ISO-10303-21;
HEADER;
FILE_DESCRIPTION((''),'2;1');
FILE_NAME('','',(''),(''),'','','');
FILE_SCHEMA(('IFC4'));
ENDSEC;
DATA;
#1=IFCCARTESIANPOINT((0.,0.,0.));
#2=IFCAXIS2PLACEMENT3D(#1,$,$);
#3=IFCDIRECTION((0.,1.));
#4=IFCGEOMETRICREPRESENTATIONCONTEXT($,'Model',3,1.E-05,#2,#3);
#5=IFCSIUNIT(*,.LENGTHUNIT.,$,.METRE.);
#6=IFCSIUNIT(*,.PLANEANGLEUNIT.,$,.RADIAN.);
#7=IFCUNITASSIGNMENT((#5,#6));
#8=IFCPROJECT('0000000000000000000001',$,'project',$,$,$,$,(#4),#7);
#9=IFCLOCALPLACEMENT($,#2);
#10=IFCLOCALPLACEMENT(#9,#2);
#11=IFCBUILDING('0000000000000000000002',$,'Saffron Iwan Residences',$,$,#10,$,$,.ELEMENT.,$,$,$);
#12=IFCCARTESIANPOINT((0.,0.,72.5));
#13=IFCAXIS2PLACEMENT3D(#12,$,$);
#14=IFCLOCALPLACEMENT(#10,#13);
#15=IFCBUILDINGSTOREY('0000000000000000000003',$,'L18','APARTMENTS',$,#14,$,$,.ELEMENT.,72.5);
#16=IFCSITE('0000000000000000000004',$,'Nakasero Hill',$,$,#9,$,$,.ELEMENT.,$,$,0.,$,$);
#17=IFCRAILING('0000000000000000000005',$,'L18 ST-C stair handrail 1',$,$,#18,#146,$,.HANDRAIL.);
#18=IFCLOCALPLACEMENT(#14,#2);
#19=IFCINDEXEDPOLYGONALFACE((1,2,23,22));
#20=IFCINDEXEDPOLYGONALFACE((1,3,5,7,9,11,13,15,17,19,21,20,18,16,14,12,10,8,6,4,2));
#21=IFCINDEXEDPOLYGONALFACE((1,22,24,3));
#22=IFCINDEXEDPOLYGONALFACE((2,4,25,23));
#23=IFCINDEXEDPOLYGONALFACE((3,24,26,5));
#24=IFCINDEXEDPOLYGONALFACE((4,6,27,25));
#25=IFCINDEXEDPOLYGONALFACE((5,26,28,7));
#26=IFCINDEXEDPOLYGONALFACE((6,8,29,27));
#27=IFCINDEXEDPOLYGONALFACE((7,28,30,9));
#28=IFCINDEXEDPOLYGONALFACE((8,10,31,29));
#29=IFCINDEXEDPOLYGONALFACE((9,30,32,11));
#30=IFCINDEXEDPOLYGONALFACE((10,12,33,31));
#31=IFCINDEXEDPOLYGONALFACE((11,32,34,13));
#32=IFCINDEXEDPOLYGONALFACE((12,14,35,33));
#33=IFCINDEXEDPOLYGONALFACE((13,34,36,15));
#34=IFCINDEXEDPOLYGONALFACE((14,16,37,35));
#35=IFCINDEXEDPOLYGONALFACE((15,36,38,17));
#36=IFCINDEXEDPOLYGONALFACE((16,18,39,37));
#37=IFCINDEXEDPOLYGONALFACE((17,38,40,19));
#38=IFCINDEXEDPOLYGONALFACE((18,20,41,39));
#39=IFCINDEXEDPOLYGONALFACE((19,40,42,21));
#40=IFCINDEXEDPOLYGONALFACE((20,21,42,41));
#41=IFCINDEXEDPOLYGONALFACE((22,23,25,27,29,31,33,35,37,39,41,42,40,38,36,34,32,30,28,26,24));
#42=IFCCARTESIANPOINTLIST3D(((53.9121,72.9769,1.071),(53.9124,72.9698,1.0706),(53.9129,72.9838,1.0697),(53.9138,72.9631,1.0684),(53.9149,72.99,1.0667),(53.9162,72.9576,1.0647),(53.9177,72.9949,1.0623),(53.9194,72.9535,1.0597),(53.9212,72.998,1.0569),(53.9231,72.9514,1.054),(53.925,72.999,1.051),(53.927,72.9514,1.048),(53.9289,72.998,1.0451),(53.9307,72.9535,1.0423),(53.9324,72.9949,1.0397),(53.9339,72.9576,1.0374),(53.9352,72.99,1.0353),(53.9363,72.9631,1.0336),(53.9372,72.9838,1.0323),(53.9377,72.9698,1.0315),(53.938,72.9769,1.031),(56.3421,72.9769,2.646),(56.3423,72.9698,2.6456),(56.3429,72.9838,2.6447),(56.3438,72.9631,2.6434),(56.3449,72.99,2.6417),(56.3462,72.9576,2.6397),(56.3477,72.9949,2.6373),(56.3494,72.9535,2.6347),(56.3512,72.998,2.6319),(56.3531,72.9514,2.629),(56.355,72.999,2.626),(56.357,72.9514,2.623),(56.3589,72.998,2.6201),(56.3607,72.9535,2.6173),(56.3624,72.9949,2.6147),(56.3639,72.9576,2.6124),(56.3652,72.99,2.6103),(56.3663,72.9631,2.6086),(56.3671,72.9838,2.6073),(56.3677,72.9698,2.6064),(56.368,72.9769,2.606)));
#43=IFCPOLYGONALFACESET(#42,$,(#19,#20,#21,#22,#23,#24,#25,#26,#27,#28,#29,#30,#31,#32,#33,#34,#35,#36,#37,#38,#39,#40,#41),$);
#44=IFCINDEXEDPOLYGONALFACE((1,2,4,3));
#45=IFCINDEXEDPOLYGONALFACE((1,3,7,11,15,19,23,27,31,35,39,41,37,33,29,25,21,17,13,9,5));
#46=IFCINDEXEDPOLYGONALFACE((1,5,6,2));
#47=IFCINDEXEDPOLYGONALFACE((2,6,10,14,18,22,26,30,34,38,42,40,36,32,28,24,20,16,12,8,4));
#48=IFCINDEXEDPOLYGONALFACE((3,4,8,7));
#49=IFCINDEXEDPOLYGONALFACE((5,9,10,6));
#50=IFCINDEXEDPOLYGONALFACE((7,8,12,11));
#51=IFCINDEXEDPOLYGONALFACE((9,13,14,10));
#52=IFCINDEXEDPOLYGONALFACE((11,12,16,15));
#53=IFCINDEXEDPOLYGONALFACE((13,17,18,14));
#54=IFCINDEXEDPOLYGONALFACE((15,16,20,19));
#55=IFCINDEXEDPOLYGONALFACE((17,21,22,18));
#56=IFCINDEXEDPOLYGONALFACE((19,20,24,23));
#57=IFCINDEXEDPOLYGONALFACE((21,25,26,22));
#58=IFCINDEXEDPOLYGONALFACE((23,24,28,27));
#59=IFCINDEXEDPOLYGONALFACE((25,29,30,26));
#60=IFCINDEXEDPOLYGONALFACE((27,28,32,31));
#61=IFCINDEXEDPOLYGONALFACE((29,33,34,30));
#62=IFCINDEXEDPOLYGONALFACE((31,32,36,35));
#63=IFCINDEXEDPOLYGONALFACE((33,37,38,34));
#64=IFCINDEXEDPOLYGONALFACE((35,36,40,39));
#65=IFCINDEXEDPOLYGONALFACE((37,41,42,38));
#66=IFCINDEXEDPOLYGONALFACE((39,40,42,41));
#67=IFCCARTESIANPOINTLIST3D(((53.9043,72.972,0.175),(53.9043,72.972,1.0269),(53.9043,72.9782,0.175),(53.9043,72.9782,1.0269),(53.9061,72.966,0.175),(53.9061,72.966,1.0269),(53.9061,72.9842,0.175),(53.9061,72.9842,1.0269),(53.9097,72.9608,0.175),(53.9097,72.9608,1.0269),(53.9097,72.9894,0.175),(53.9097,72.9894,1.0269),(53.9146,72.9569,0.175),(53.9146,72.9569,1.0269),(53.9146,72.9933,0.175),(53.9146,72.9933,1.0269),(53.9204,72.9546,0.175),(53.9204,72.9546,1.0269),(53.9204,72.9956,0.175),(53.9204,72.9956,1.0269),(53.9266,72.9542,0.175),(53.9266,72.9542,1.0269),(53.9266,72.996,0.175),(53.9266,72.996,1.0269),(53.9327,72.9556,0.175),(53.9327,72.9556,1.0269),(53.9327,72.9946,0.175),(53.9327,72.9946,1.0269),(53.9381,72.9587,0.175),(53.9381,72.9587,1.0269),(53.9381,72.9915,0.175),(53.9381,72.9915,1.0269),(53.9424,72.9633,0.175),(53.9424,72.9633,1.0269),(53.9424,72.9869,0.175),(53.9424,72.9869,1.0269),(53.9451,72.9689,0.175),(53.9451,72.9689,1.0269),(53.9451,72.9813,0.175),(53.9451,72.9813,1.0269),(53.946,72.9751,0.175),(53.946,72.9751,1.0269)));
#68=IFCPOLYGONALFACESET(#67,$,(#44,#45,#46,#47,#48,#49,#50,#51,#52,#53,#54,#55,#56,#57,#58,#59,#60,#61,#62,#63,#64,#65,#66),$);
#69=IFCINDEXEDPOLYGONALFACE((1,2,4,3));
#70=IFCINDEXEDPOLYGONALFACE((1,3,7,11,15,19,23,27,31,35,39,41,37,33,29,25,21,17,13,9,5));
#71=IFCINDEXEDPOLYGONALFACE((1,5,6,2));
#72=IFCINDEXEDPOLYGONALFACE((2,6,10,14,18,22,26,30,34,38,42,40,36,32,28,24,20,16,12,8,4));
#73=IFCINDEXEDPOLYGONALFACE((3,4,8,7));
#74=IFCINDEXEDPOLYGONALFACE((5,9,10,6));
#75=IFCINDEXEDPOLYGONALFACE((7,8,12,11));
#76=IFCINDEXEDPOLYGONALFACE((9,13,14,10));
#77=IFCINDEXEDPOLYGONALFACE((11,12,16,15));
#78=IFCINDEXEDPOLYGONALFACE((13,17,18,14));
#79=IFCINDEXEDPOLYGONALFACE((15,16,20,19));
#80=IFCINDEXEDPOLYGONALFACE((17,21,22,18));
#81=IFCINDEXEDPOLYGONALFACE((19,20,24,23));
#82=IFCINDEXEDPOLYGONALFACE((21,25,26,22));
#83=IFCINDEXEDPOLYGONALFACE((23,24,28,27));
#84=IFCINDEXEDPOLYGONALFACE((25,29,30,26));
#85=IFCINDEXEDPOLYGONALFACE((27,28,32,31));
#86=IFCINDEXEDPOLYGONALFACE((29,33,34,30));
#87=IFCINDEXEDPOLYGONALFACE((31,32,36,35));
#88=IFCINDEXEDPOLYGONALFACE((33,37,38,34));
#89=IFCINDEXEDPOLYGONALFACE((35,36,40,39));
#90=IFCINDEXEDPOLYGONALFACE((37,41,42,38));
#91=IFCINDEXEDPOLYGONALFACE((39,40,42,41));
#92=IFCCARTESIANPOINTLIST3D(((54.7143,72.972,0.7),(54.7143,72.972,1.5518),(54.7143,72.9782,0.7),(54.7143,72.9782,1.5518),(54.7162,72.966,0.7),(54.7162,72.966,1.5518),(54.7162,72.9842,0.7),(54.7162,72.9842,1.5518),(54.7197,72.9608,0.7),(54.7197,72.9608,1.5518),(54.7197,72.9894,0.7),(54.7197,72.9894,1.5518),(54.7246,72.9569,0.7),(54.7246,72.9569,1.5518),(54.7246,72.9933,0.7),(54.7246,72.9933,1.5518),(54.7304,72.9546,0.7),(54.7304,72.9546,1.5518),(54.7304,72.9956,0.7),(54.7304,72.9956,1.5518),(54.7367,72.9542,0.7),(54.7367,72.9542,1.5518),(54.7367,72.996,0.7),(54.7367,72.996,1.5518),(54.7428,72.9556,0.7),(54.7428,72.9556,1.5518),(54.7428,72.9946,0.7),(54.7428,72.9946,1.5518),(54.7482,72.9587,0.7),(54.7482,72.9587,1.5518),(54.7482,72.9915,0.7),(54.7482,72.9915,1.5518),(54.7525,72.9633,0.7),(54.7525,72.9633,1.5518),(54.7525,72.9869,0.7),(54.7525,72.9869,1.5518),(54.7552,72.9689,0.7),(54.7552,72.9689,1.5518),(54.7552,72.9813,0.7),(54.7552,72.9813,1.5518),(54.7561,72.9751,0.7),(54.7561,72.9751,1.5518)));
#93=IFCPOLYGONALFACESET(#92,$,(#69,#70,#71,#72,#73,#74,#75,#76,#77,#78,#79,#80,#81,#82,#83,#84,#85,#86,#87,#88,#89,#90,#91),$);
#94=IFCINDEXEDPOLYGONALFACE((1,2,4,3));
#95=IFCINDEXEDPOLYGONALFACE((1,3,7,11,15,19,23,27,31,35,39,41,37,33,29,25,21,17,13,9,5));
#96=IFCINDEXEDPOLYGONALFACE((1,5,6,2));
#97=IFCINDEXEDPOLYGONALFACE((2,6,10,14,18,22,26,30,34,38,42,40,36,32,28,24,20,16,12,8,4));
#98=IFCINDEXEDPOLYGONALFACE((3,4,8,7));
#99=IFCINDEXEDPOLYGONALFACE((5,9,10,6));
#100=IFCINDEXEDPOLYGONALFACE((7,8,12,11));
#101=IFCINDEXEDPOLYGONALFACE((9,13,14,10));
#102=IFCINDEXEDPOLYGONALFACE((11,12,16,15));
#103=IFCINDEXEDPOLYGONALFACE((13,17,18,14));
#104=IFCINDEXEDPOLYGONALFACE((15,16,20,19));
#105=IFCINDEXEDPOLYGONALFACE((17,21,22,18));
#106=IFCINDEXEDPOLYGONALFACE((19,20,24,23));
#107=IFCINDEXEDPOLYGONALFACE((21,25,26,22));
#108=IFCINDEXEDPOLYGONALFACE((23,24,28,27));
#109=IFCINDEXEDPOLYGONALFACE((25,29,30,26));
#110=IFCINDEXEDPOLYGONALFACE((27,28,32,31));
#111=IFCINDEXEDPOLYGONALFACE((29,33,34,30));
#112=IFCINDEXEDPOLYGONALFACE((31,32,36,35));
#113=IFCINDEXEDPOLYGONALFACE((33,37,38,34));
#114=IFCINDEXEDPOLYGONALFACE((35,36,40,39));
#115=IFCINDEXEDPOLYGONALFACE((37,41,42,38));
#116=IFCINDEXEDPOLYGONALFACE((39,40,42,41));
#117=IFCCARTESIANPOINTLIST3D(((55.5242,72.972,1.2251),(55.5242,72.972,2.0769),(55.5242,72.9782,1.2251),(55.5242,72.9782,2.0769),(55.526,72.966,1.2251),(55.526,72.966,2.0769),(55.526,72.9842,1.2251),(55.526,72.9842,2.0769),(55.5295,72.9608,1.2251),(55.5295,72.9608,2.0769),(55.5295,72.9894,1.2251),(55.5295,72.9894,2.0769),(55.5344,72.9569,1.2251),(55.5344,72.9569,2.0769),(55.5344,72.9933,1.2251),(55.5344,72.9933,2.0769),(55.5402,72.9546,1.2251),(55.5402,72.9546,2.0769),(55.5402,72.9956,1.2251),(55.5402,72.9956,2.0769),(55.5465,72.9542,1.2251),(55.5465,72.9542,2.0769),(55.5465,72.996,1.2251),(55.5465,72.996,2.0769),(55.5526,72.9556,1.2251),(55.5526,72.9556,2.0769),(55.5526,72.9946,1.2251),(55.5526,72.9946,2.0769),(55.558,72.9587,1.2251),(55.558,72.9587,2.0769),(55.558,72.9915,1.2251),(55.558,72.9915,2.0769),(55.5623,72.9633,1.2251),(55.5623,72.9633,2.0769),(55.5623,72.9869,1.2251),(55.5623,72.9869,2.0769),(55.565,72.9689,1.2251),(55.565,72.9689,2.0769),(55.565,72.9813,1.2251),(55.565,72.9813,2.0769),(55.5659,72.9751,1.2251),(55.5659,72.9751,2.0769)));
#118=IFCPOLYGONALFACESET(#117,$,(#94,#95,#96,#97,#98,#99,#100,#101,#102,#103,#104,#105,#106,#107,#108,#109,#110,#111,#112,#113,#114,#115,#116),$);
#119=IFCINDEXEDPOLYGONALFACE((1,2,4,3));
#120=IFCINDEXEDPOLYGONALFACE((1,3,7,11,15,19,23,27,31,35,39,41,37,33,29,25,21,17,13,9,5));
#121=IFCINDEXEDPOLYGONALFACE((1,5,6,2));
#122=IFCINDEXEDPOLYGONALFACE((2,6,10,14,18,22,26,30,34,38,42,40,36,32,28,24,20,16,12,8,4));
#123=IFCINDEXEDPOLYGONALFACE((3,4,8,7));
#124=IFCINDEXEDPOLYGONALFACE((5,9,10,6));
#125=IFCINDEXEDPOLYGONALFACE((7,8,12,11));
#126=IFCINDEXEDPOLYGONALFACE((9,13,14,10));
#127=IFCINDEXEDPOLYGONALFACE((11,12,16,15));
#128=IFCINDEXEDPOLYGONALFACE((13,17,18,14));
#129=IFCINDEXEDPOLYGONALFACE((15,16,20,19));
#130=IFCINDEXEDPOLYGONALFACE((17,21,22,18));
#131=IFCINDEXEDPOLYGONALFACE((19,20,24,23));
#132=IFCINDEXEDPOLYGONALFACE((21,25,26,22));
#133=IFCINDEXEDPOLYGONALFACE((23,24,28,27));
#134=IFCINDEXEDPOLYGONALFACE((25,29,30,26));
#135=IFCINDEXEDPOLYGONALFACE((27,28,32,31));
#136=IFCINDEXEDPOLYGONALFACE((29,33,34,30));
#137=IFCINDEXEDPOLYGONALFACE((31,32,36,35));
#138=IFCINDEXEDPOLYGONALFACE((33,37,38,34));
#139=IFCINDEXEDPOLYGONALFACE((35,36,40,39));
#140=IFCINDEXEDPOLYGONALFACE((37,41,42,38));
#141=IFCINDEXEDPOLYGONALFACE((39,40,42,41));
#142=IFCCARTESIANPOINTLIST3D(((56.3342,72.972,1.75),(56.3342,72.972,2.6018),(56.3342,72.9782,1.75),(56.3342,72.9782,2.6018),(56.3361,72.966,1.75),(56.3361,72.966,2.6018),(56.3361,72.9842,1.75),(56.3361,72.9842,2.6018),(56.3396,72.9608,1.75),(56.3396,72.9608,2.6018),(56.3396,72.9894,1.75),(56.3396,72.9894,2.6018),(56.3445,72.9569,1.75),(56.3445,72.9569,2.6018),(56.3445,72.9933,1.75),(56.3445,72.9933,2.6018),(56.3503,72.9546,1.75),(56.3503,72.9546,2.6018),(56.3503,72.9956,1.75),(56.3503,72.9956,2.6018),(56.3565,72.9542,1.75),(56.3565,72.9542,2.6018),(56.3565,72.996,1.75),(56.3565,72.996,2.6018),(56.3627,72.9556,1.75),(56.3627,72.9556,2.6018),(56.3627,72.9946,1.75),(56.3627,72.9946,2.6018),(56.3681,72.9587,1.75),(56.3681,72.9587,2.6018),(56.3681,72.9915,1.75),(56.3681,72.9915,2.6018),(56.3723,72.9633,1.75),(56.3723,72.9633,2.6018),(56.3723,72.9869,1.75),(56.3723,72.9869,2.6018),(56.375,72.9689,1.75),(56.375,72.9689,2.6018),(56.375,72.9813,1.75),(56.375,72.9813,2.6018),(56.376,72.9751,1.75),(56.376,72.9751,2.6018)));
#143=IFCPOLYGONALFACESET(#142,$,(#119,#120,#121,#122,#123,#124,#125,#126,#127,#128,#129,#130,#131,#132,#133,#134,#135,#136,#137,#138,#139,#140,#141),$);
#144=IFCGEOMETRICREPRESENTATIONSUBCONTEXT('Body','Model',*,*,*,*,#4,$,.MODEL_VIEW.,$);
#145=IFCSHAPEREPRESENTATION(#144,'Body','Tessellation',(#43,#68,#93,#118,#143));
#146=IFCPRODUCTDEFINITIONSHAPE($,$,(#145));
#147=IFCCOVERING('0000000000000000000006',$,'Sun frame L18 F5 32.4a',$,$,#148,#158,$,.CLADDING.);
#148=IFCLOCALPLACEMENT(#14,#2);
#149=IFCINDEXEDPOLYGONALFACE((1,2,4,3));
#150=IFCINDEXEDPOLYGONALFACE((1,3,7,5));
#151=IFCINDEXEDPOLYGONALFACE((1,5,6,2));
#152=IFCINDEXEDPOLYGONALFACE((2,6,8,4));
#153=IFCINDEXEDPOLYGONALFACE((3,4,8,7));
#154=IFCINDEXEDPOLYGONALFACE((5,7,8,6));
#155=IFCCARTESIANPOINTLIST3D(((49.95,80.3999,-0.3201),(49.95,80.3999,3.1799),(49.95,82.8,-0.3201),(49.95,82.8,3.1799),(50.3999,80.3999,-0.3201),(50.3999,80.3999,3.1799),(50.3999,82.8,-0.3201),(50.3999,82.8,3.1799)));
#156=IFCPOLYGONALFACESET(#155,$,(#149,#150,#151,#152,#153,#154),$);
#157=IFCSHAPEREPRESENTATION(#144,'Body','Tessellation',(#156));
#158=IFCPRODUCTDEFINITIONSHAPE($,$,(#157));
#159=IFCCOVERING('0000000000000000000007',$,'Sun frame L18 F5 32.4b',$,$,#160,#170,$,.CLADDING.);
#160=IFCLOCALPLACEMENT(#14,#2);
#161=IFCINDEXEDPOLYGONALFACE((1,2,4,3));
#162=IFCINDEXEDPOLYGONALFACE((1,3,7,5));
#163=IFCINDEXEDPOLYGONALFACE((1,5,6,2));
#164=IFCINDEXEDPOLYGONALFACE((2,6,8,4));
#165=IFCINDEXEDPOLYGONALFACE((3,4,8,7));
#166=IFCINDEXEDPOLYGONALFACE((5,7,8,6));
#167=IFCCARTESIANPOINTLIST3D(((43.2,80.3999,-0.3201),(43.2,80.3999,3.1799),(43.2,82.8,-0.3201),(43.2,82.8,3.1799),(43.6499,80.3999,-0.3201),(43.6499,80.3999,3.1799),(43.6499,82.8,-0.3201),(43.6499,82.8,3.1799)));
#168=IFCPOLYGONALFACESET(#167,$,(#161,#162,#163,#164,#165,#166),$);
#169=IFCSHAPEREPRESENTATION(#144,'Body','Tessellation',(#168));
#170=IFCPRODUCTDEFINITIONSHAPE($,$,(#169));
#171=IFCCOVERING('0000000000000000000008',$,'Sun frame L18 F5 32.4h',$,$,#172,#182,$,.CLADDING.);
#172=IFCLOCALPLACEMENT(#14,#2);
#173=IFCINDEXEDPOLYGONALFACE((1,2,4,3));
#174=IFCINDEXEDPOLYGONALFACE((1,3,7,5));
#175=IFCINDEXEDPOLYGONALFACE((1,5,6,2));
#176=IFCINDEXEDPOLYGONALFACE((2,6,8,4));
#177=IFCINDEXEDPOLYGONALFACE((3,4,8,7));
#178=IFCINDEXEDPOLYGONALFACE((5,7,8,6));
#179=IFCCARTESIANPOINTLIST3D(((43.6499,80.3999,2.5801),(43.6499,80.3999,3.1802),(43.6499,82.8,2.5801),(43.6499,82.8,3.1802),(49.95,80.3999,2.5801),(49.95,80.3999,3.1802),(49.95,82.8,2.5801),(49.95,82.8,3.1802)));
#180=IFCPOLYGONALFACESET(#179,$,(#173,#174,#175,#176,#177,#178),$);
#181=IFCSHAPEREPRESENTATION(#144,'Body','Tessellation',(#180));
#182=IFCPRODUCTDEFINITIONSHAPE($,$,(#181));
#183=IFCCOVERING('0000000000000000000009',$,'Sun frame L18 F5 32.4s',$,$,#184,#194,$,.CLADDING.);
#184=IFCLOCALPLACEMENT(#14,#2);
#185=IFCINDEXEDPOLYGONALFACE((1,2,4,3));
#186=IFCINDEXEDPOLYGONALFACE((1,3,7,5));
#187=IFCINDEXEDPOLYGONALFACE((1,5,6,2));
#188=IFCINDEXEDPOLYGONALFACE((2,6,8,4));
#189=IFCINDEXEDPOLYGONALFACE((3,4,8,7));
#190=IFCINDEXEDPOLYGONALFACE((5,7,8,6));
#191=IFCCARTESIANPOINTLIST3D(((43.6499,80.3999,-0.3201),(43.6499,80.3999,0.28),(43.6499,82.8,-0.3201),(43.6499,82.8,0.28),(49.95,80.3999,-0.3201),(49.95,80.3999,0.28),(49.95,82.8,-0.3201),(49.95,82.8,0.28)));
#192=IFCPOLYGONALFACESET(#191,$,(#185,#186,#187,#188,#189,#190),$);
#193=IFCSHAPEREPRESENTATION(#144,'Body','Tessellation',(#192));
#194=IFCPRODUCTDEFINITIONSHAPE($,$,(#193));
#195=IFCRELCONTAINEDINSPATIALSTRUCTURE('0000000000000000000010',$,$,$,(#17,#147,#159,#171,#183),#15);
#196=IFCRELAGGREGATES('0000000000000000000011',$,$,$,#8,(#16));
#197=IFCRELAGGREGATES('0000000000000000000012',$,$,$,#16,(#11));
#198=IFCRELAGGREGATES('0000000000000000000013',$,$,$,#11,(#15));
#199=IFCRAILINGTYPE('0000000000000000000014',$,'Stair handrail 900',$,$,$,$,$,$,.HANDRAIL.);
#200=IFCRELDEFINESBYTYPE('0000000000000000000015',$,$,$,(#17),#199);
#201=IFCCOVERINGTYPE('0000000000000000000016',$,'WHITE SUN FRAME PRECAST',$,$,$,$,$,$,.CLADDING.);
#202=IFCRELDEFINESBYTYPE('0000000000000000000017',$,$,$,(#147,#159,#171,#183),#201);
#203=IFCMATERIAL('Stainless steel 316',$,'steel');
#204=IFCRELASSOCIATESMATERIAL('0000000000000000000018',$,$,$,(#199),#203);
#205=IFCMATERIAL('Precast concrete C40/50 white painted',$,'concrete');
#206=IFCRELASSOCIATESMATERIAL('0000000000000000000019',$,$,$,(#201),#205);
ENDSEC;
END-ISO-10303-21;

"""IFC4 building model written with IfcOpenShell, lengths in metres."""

from ifc_helpers import new_model, si_unit, direction, frame, origin, origin_2d, place, context, subcontext, project, spatial, polyline, circle, outline, extrude, material, type_object, element, save


model = new_model("IFC4")

# Units and contexts
model_context = context("Model", 3, precision=1e-05, world=origin(), true_north=direction((0.0, 1.0)))
body_context = subcontext(model_context, "Body", "Model", "MODEL_VIEW")
ifc_project = project(units=[si_unit("LENGTHUNIT", "METRE"), si_unit("PLANEANGLEUNIT", "RADIAN")], contexts=[model_context])

# Site, building, storey
site_placement = place(None, origin())
site = spatial("IfcSite", under=ifc_project, at=site_placement, Name="Nakasero Hill", CompositionType="ELEMENT", RefElevation=0.0)
building_placement = place(site_placement, origin())
building = spatial("IfcBuilding", under=site, at=building_placement, Name="Saffron Iwan Residences", CompositionType="ELEMENT")
storey_placement = place(building_placement, frame((0.0, 0.0, 72.5)))
storey = spatial("IfcBuildingStorey", under=building, at=storey_placement, Name="L18", Description="APARTMENTS", CompositionType="ELEMENT", Elevation=72.5)

# Railing
ifc_material_1 = material(Name="Stainless steel 316", Category="steel")
railing_type_1 = type_object("IfcRailingType", Name="Stair handrail 900", PredefinedType="HANDRAIL", material=ifc_material_1)
railing_1_placement = place(storey_placement, frame((53.925, 72.9751, 0.175)))
element("IfcRailing", 1, at=railing_1_placement, inside=storey, type_object=railing_type_1, Name="L18 ST-C stair handrail 1", PredefinedType="HANDRAIL", context=body_context, shape_type="SweptSolid", body=[
    extrude(circle(Radius=0.0239, at=origin_2d()), frame((0.0, 0.0, 0.876), z_axis=(0.839154, 0.0, 0.543894), x_axis=(0.0, 1.0, 0.0)), (0.0, 0.0, 1.0), 2.8958),
    extrude(circle(Radius=0.021, at=origin_2d()), origin(), (0.0, 0.0, 1.0), 0.8518),
    extrude(circle(Radius=0.021, at=origin_2d()), frame((0.8101, 0.0, 0.5249)), (0.0, 0.0, 1.0), 0.8518),
    extrude(circle(Radius=0.021, at=origin_2d()), frame((1.6199, 0.0, 1.05)), (0.0, 0.0, 1.0), 0.8518),
    extrude(circle(Radius=0.021, at=origin_2d()), frame((2.4299, 0.0, 1.575)), (0.0, 0.0, 1.0), 0.8518),
])

# Coverings
ifc_material_2 = material(Name="Precast concrete C40/50 white painted", Category="concrete")
covering_type_1 = type_object("IfcCoveringType", Name="WHITE SUN FRAME PRECAST", PredefinedType="CLADDING", material=ifc_material_2)
for number, where, z_axis, x_axis, name in (
    (2, (50.3999, 80.3999, -0.3201), (0.0, 1.0, 0.0), (-1.0, 0.0, 0.0), "Sun frame L18 F5 32.4a"),
    (3, (43.6499, 80.3999, -0.3201), (0.0, 1.0, 0.0), (-1.0, 0.0, 0.0), "Sun frame L18 F5 32.4b"),
):
    element("IfcCovering", number, at=place(storey_placement, frame(where, z_axis=z_axis, x_axis=x_axis)), inside=storey, type_object=covering_type_1, Name=name, PredefinedType="CLADDING", context=body_context, shape_type="SweptSolid", body=[
        extrude(outline(polyline([(0.0, 0.0), (0.45, 0.0), (0.45, 3.5), (0.0, 3.5), (0.0, 0.0)])), origin(), (0.0, 0.0, 1.0), 2.4001),
    ])
for number, where, z_axis, x_axis, name in (
    (4, (49.95, 80.3999, 2.5801), (0.0, 1.0, 0.0), (-1.0, 0.0, 0.0), "Sun frame L18 F5 32.4h"),
    (5, (49.95, 80.3999, -0.3201), (0.0, 1.0, 0.0), (-1.0, 0.0, 0.0), "Sun frame L18 F5 32.4s"),
):
    element("IfcCovering", number, at=place(storey_placement, frame(where, z_axis=z_axis, x_axis=x_axis)), inside=storey, type_object=covering_type_1, Name=name, PredefinedType="CLADDING", context=body_context, shape_type="SweptSolid", body=[
        extrude(outline(polyline([(0.0, 0.0), (6.3, 0.0), (6.3, 0.6001), (0.0, 0.6001), (0.0, 0.0)])), origin(), (0.0, 0.0, 1.0), 2.4001),
    ])

save(model, "model.ifc")
